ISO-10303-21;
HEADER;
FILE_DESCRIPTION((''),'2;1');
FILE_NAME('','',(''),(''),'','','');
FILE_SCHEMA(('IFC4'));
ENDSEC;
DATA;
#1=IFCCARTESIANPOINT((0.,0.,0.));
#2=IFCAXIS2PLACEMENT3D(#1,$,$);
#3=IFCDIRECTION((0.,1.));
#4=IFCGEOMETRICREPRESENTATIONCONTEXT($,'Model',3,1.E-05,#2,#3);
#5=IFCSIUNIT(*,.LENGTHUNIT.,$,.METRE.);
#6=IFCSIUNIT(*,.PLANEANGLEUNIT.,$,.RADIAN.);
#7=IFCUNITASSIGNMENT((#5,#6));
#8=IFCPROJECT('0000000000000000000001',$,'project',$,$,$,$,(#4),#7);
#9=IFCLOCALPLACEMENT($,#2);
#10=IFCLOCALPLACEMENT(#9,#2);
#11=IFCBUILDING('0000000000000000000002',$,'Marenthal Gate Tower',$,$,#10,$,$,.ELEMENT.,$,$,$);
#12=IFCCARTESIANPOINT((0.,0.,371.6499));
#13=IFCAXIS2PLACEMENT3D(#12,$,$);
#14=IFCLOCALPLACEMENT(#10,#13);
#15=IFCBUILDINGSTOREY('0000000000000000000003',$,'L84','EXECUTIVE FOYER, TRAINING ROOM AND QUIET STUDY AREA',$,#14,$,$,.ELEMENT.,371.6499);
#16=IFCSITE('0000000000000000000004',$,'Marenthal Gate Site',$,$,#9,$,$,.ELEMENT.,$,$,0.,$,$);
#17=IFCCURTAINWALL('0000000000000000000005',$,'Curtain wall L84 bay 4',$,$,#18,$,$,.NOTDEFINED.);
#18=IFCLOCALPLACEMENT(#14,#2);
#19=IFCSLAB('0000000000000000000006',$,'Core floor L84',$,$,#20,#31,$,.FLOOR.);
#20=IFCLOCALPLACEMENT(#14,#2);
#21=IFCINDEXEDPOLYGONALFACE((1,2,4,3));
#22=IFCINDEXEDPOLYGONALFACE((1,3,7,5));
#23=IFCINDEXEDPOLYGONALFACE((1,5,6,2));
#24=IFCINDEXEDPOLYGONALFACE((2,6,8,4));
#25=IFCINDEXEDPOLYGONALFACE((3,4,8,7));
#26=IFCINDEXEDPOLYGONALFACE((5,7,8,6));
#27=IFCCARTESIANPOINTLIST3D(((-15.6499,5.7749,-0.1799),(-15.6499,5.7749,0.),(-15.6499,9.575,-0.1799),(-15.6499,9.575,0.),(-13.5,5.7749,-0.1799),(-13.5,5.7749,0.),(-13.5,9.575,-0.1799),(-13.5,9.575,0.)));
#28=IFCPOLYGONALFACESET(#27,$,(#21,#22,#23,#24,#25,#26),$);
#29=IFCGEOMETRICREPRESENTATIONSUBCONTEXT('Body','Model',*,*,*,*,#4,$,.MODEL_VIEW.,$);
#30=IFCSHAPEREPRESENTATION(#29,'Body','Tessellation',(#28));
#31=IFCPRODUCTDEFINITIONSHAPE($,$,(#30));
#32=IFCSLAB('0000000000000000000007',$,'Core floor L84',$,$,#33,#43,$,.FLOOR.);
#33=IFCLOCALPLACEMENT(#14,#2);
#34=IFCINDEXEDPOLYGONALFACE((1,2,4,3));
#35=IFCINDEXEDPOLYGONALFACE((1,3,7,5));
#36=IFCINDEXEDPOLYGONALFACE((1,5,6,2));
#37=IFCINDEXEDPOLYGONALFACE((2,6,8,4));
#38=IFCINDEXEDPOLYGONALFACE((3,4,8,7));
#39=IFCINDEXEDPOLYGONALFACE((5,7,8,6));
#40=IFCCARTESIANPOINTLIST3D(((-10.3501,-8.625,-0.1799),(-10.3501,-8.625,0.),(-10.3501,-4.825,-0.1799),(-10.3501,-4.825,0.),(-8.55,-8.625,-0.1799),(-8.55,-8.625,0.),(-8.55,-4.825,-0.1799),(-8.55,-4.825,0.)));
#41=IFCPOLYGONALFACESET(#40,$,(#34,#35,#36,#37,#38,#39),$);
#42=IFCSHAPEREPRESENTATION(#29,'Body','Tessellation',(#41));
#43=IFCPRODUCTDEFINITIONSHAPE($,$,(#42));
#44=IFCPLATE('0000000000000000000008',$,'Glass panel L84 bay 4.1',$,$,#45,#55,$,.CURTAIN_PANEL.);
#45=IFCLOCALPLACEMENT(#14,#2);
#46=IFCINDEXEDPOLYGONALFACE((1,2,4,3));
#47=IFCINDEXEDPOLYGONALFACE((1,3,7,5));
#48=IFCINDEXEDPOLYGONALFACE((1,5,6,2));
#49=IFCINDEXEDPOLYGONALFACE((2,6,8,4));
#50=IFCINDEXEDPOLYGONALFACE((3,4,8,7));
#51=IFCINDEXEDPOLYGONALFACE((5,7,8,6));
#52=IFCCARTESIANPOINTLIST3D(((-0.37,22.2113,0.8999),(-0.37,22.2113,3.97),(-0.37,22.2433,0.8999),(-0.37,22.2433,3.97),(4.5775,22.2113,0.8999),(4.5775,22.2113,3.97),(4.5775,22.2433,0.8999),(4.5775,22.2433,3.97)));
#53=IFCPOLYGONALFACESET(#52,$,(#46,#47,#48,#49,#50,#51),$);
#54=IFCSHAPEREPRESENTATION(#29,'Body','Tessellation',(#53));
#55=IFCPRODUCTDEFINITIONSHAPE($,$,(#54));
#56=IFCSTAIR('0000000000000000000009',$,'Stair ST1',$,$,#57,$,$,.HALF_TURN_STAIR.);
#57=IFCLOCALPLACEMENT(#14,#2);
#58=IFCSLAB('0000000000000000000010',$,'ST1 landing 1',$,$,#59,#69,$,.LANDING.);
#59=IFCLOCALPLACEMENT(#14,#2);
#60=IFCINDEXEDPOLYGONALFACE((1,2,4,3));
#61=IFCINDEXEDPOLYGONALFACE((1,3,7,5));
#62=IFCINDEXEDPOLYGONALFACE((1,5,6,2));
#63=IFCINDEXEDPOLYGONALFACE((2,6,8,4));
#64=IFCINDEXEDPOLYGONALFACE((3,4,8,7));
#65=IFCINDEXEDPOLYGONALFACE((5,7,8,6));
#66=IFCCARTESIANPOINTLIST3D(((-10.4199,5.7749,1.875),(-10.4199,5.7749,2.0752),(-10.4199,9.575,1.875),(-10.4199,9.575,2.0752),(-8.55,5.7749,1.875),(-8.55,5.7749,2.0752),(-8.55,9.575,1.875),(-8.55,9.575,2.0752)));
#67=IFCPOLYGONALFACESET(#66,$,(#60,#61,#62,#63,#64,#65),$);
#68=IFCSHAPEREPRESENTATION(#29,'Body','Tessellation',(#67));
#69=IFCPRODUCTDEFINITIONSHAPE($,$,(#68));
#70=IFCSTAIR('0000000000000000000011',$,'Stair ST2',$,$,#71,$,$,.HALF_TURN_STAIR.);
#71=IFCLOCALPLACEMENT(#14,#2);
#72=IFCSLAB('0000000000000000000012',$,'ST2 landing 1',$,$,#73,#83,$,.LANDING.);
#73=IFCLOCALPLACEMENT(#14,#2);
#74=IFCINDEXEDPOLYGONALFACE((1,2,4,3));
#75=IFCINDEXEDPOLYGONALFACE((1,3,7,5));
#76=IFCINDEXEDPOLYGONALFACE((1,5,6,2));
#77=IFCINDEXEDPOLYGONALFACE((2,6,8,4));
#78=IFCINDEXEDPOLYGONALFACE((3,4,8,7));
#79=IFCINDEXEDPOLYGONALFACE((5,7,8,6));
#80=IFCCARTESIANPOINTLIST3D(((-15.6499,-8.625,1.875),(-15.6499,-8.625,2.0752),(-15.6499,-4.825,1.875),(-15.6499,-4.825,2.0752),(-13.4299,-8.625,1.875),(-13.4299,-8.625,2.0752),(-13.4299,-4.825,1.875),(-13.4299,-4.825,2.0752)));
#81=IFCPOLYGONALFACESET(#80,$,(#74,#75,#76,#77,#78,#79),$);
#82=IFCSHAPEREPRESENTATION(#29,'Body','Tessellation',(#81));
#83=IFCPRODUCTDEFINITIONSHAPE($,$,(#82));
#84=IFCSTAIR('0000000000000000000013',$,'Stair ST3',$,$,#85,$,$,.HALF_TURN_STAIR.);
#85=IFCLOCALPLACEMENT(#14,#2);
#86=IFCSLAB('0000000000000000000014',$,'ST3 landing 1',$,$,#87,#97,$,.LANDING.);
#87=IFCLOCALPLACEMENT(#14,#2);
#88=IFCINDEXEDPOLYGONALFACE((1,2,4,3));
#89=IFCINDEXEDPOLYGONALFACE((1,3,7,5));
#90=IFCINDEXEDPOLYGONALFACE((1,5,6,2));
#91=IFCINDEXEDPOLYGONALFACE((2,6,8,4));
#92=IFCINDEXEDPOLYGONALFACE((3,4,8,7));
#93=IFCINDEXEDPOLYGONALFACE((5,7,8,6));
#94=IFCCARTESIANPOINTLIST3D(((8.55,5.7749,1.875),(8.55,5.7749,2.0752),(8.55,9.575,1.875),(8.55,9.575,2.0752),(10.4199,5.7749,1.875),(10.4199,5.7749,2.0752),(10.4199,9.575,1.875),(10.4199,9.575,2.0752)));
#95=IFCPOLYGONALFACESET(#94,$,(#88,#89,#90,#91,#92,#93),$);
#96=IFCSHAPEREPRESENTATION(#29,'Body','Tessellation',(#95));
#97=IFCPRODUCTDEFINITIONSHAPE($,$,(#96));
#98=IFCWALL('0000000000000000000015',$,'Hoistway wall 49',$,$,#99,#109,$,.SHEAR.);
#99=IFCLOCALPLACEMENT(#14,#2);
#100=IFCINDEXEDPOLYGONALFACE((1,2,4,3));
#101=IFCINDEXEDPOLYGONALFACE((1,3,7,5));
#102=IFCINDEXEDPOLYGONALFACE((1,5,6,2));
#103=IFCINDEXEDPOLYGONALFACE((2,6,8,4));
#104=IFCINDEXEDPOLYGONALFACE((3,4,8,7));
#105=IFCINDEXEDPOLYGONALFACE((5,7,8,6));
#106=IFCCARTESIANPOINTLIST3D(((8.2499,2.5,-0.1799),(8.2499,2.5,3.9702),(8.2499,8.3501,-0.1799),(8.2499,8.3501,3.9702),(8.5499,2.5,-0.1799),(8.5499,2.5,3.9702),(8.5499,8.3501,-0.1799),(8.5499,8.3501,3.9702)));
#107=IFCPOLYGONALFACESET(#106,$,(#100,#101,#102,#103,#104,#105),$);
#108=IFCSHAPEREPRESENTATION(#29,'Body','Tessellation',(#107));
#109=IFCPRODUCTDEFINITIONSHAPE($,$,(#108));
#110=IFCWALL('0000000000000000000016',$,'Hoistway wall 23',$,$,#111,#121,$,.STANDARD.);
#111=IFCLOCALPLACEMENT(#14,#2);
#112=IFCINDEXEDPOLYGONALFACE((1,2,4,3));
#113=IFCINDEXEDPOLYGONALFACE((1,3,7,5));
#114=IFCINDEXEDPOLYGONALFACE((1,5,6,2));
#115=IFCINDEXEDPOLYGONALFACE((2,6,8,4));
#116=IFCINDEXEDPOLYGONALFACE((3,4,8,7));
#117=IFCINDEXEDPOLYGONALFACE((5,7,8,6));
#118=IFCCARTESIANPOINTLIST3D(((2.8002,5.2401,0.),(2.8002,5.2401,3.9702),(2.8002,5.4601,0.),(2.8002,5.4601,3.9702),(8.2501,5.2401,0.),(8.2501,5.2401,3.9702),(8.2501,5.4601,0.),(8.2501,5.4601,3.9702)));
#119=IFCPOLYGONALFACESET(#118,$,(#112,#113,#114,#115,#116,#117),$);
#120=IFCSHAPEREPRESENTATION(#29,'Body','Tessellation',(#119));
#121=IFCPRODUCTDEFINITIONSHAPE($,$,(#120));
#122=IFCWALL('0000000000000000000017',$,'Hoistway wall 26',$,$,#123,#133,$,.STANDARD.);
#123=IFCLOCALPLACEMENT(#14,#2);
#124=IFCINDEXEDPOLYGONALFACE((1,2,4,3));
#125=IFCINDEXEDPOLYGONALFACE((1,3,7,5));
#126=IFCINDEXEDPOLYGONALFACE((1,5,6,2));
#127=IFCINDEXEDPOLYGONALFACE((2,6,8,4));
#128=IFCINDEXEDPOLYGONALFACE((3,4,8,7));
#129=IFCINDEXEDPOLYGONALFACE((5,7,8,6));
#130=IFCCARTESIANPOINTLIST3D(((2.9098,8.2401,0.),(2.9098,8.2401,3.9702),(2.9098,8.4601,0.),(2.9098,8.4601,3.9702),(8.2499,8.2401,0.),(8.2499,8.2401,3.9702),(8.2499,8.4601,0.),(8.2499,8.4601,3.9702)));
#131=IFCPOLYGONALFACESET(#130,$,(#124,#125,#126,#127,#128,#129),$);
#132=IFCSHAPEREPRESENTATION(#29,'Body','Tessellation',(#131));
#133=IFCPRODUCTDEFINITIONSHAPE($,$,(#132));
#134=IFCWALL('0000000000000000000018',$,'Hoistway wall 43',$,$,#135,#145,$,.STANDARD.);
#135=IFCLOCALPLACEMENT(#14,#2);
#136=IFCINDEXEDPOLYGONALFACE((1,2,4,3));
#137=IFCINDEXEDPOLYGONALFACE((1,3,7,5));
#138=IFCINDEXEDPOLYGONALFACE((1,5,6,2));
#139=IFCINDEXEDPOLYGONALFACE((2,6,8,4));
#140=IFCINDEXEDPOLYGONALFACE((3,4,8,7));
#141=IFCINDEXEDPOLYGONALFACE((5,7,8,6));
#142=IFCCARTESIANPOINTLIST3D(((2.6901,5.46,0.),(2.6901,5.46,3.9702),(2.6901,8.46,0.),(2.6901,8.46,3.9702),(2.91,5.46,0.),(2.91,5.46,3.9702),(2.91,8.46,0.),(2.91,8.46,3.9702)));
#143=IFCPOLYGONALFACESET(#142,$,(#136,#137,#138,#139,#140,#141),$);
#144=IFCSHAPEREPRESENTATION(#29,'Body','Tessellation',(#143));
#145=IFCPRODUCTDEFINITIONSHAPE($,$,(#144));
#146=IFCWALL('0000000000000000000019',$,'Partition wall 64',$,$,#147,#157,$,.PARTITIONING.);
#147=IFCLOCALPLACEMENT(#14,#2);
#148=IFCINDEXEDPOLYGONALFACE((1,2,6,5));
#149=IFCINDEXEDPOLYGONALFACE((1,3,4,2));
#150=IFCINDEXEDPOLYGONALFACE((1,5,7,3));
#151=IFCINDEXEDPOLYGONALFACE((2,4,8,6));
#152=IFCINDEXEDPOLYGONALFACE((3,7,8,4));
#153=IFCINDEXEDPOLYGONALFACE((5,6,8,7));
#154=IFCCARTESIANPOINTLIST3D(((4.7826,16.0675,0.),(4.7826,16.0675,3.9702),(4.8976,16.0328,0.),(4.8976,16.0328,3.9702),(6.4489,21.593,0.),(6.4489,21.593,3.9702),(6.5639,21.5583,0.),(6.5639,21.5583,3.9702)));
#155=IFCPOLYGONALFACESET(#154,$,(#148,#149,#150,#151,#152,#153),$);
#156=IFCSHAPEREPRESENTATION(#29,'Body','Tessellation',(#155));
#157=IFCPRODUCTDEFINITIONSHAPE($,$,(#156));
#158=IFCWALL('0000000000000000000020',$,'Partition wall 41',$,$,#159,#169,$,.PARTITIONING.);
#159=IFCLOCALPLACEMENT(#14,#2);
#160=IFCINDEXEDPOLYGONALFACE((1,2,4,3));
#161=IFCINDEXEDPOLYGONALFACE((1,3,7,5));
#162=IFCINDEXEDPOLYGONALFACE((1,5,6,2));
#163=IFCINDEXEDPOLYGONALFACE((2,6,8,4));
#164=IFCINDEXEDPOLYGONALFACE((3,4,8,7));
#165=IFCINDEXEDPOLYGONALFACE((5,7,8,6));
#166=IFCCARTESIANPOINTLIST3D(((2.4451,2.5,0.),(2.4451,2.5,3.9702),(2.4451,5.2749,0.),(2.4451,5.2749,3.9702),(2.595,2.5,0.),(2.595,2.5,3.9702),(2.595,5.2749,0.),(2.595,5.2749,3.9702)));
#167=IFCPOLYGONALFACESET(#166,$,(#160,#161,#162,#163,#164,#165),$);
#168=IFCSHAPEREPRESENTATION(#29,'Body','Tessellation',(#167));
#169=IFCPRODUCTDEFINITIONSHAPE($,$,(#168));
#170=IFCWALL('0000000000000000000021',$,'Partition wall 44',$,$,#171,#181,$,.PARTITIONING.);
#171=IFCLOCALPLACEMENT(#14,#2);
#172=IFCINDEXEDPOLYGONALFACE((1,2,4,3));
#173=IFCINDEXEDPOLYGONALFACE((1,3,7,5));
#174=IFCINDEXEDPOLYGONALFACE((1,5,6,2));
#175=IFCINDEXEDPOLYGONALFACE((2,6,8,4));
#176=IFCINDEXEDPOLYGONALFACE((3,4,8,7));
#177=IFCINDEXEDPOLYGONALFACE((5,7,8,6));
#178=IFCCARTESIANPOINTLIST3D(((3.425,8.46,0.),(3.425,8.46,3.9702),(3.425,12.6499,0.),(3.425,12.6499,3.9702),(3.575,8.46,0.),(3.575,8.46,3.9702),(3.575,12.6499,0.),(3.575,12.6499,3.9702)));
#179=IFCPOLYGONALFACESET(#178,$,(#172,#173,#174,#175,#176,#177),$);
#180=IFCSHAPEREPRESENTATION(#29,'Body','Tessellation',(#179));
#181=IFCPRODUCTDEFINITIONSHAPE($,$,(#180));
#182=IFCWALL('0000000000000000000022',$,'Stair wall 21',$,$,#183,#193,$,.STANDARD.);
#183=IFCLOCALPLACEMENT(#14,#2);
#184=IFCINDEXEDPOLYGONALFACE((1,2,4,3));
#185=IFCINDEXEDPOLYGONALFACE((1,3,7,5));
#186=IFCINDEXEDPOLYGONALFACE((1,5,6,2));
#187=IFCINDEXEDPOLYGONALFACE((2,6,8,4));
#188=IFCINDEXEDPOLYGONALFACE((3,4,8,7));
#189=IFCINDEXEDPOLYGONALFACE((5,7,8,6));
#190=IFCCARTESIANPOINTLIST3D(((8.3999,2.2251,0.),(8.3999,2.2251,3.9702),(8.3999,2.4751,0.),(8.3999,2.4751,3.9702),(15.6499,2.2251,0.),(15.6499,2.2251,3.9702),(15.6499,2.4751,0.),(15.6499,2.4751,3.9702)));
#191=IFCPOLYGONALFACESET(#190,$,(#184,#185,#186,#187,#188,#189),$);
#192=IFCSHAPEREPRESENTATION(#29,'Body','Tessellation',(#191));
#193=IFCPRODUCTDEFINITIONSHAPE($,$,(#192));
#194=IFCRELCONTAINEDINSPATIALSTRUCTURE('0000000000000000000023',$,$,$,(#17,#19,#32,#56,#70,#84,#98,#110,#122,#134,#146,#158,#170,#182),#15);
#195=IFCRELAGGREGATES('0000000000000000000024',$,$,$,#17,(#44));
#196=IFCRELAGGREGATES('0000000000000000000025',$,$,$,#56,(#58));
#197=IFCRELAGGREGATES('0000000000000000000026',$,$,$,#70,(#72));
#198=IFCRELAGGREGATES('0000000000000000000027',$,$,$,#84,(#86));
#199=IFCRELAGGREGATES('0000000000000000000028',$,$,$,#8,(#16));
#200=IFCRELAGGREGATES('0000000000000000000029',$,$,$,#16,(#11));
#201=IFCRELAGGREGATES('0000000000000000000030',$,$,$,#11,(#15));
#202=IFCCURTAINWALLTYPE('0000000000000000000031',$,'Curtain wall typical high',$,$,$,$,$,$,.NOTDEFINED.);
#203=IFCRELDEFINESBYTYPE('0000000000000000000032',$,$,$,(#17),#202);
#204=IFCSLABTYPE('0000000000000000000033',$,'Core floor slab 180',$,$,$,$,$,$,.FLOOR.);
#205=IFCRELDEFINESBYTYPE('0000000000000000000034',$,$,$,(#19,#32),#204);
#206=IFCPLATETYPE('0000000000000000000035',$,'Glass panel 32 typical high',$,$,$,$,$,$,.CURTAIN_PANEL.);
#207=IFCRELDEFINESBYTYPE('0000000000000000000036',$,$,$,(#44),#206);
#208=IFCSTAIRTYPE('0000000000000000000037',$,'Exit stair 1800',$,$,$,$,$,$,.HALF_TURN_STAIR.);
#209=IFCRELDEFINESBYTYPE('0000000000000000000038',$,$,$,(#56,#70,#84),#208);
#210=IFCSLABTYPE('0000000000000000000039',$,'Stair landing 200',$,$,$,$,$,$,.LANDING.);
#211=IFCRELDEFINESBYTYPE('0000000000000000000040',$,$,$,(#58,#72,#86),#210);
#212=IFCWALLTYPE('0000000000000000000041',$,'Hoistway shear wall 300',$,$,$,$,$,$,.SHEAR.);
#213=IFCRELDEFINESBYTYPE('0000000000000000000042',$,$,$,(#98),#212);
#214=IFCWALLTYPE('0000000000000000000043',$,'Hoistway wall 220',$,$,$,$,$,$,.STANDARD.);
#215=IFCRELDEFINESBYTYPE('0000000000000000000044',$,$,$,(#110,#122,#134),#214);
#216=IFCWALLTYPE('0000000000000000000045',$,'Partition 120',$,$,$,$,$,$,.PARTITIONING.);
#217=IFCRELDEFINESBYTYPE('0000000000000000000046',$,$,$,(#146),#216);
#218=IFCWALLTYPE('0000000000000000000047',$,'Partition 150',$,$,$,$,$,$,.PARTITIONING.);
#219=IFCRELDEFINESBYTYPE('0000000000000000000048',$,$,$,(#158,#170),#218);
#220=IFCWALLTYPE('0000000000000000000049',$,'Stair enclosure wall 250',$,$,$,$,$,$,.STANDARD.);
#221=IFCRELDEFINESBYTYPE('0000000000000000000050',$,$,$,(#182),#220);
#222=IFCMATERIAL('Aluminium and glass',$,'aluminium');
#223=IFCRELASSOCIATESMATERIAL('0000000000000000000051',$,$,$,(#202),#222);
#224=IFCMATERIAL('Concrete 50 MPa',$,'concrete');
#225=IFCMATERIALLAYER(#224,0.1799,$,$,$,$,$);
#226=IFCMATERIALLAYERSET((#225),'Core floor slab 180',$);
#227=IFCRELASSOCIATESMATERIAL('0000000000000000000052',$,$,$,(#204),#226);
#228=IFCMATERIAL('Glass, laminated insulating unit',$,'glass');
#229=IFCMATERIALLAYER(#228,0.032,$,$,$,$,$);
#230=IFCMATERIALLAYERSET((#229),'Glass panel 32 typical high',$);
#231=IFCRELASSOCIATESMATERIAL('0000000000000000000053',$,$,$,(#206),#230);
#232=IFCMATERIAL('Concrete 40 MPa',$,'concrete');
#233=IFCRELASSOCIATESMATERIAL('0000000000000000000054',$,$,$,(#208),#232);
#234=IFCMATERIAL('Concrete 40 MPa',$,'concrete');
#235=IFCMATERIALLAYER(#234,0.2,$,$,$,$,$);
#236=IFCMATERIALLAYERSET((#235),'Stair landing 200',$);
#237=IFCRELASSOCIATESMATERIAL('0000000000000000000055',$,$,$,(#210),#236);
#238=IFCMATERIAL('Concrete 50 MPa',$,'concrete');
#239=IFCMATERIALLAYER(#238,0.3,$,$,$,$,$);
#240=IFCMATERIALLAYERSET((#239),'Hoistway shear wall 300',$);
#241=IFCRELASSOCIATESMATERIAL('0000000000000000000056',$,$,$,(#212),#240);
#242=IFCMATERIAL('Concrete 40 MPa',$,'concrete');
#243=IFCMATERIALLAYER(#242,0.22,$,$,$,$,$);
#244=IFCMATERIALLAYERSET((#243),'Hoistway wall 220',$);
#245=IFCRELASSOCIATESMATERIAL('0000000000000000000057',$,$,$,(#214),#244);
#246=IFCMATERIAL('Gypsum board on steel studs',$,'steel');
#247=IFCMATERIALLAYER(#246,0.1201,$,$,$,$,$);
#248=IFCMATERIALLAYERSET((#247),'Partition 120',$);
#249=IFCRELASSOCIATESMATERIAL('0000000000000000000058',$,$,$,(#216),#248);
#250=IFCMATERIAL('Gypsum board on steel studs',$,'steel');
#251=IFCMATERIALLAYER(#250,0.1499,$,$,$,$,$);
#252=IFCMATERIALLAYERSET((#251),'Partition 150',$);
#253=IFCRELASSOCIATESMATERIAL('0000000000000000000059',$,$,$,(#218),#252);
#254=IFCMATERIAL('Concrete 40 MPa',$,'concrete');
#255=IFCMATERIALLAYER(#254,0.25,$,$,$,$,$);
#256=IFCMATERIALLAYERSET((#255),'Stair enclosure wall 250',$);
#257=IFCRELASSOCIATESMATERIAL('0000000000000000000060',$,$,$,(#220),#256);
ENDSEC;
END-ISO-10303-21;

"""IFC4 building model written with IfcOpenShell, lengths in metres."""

from ifc_helpers import new_model, si_unit, direction, frame, frame_2d, origin, origin_2d, place, context, subcontext, project, spatial, polyline, rectangle, outline, extrude, material, layer, layer_set, type_object, element, aggregate, save


model = new_model("IFC4")

# Units and contexts
model_context = context("Model", 3, precision=1e-05, world=origin(), true_north=direction((0.0, 1.0)))
body_context = subcontext(model_context, "Body", "Model", "MODEL_VIEW")
ifc_project = project(units=[si_unit("LENGTHUNIT", "METRE"), si_unit("PLANEANGLEUNIT", "RADIAN")], contexts=[model_context])

# Site, building, storey
site_placement = place(None, origin())
site = spatial("IfcSite", under=ifc_project, at=site_placement, Name="Marenthal Gate Site", CompositionType="ELEMENT", RefElevation=0.0)
building_placement = place(site_placement, origin())
building = spatial("IfcBuilding", under=site, at=building_placement, Name="Marenthal Gate Tower", CompositionType="ELEMENT")
storey_placement = place(building_placement, frame((0.0, 0.0, 371.6499)))
storey = spatial("IfcBuildingStorey", under=building, at=storey_placement, Name="L84", Description="EXECUTIVE FOYER, TRAINING ROOM AND QUIET STUDY AREA", CompositionType="ELEMENT", Elevation=371.6499)

# Curtain wall
ifc_material_1 = material(Name="Aluminium and glass", Category="aluminium")
curtain_wall_type = type_object("IfcCurtainWallType", Name="Curtain wall typical high", PredefinedType="NOTDEFINED", material=ifc_material_1)
curtain_wall_placement = place(storey_placement, origin())
curtain_wall = element("IfcCurtainWall", 1, at=curtain_wall_placement, inside=storey, type_object=curtain_wall_type, Name="Curtain wall L84 bay 4", PredefinedType="NOTDEFINED")

# Slabs
ifc_material_2 = material(Name="Concrete 50 MPa", Category="concrete")
ifc_layer_1 = layer(ifc_material_2, 0.1799)
ifc_layer_set_1 = layer_set([ifc_layer_1], Name="Core floor slab 180")
slab_type_1 = type_object("IfcSlabType", Name="Core floor slab 180", PredefinedType="FLOOR", material=ifc_layer_set_1)
slab_1_placement = place(storey_placement, frame((0.0, 0.0, -0.1799)))
element("IfcSlab", 2, at=slab_1_placement, inside=storey, type_object=slab_type_1, Name="Core floor L84", PredefinedType="FLOOR", context=body_context, shape_type="SweptSolid", body=[
    extrude(outline(polyline([(-15.6499, 9.575), (-13.5, 9.575), (-13.5, 5.7749), (-15.6499, 5.7749), (-15.6499, 9.575)])), origin(), (0.0, 0.0, 1.0), 0.1799),
])
slab_2_placement = place(storey_placement, frame((0.0, 0.0, -0.1799)))
element("IfcSlab", 3, at=slab_2_placement, inside=storey, type_object=slab_type_1, Name="Core floor L84", PredefinedType="FLOOR", context=body_context, shape_type="SweptSolid", body=[
    extrude(outline(polyline([(-8.55, -4.825), (-8.55, -8.625), (-10.3501, -8.625), (-10.3501, -4.825), (-8.55, -4.825)])), origin(), (0.0, 0.0, 1.0), 0.1799),
])

# Plate
ifc_material_3 = material(Name="Glass, laminated insulating unit", Category="glass")
ifc_layer_2 = layer(ifc_material_3, 0.032)
ifc_layer_set_2 = layer_set([ifc_layer_2], Name="Glass panel 32 typical high")
plate_type = type_object("IfcPlateType", Name="Glass panel 32 typical high", PredefinedType="CURTAIN_PANEL", material=ifc_layer_set_2)
plate_placement = place(storey_placement, frame((2.1038, 22.2273, 0.8999), z_axis=(0.0, 0.0, 1.0), x_axis=(-1.0, 0.0, 0.0)))
plate = element("IfcPlate", 4, at=plate_placement, type_object=plate_type, Name="Glass panel L84 bay 4.1", PredefinedType="CURTAIN_PANEL", context=body_context, shape_type="SweptSolid", body=[
    extrude(rectangle(XDim=4.9475, YDim=0.032, at=origin_2d()), origin(), (0.0, 0.0, 1.0), 3.0701),
])
aggregate(curtain_wall, [plate])

# Stairs, slabs
ifc_material_4 = material(Name="Concrete 40 MPa", Category="concrete")
stair_type = type_object("IfcStairType", Name="Exit stair 1800", PredefinedType="HALF_TURN_STAIR", material=ifc_material_4)
stair_1_placement = place(storey_placement, origin())
stair_1 = element("IfcStair", 5, at=stair_1_placement, inside=storey, type_object=stair_type, Name="Stair ST1", PredefinedType="HALF_TURN_STAIR")
ifc_material_5 = material(Name="Concrete 40 MPa", Category="concrete")
ifc_layer_3 = layer(ifc_material_5, 0.2)
ifc_layer_set_3 = layer_set([ifc_layer_3], Name="Stair landing 200")
slab_type_2 = type_object("IfcSlabType", Name="Stair landing 200", PredefinedType="LANDING", material=ifc_layer_set_3)
slab_3_placement = place(storey_placement, frame((0.0, 0.0, 1.875)))
slab_3 = element("IfcSlab", 6, at=slab_3_placement, type_object=slab_type_2, Name="ST1 landing 1", PredefinedType="LANDING", context=body_context, shape_type="SweptSolid", body=[
    extrude(outline(polyline([(-10.4199, 5.7749), (-8.55, 5.7749), (-8.55, 9.575), (-10.4199, 9.575), (-10.4199, 5.7749)])), origin(), (0.0, 0.0, 1.0), 0.2002),
])
aggregate(stair_1, [slab_3])
stair_2_placement = place(storey_placement, origin())
stair_2 = element("IfcStair", 7, at=stair_2_placement, inside=storey, type_object=stair_type, Name="Stair ST2", PredefinedType="HALF_TURN_STAIR")
slab_4_placement = place(storey_placement, frame((0.0, 0.0, 1.875)))
slab_4 = element("IfcSlab", 8, at=slab_4_placement, type_object=slab_type_2, Name="ST2 landing 1", PredefinedType="LANDING", context=body_context, shape_type="SweptSolid", body=[
    extrude(outline(polyline([(-15.6499, -8.625), (-13.4299, -8.625), (-13.4299, -4.825), (-15.6499, -4.825), (-15.6499, -8.625)])), origin(), (0.0, 0.0, 1.0), 0.2002),
])
aggregate(stair_2, [slab_4])
stair_3_placement = place(storey_placement, origin())
stair_3 = element("IfcStair", 9, at=stair_3_placement, inside=storey, type_object=stair_type, Name="Stair ST3", PredefinedType="HALF_TURN_STAIR")
slab_5_placement = place(storey_placement, frame((0.0, 0.0, 1.875)))
slab_5 = element("IfcSlab", 10, at=slab_5_placement, type_object=slab_type_2, Name="ST3 landing 1", PredefinedType="LANDING", context=body_context, shape_type="SweptSolid", body=[
    extrude(outline(polyline([(8.55, 5.7749), (10.4199, 5.7749), (10.4199, 9.575), (8.55, 9.575), (8.55, 5.7749)])), origin(), (0.0, 0.0, 1.0), 0.2002),
])

# Walls
ifc_material_6 = material(Name="Concrete 50 MPa", Category="concrete")
ifc_layer_4 = layer(ifc_material_6, 0.3)
ifc_layer_set_4 = layer_set([ifc_layer_4], Name="Hoistway shear wall 300")
wall_type_1 = type_object("IfcWallType", Name="Hoistway shear wall 300", PredefinedType="SHEAR", material=ifc_layer_set_4)
wall_1_placement = place(storey_placement, frame((8.3999, 2.5, -0.1799), z_axis=(0.0, 0.0, 1.0), x_axis=(0.0, 1.0, 0.0)))
element("IfcWall", 11, at=wall_1_placement, inside=storey, type_object=wall_type_1, Name="Hoistway wall 49", PredefinedType="SHEAR", context=body_context, shape_type="SweptSolid", body=[
    extrude(rectangle(XDim=5.8501, YDim=0.3, at=frame_2d((2.925, 0.0))), origin(), (0.0, 0.0, 1.0), 4.1501),
])
ifc_material_7 = material(Name="Concrete 40 MPa", Category="concrete")
ifc_layer_5 = layer(ifc_material_7, 0.22)
ifc_layer_set_5 = layer_set([ifc_layer_5], Name="Hoistway wall 220")
wall_type_2 = type_object("IfcWallType", Name="Hoistway wall 220", PredefinedType="STANDARD", material=ifc_layer_set_5)
wall_2_placement = place(storey_placement, frame((2.8, 5.3501, 0.0), z_axis=(0.0, 0.0, 1.0), x_axis=(1.0, 0.0, 0.0)))
element("IfcWall", 12, at=wall_2_placement, inside=storey, type_object=wall_type_2, Name="Hoistway wall 23", PredefinedType="STANDARD", context=body_context, shape_type="SweptSolid", body=[
    extrude(rectangle(XDim=5.45, YDim=0.22, at=frame_2d((2.7251, 0.0))), origin(), (0.0, 0.0, 1.0), 3.9702),
])
wall_3_placement = place(storey_placement, frame((2.9099, 8.3501, 0.0), z_axis=(0.0, 0.0, 1.0), x_axis=(1.0, 0.0, 0.0)))
element("IfcWall", 13, at=wall_3_placement, inside=storey, type_object=wall_type_2, Name="Hoistway wall 26", PredefinedType="STANDARD", context=body_context, shape_type="SweptSolid", body=[
    extrude(rectangle(XDim=5.3401, YDim=0.22, at=frame_2d((2.6699, 0.0))), origin(), (0.0, 0.0, 1.0), 3.9702),
])
wall_4_placement = place(storey_placement, frame((2.8, 5.46, 0.0), z_axis=(0.0, 0.0, 1.0), x_axis=(0.0, 1.0, 0.0)))
element("IfcWall", 14, at=wall_4_placement, inside=storey, type_object=wall_type_2, Name="Hoistway wall 43", PredefinedType="STANDARD", context=body_context, shape_type="SweptSolid", body=[
    extrude(rectangle(XDim=3.0, YDim=0.22, at=frame_2d((1.5, 0.0))), origin(), (0.0, 0.0, 1.0), 3.9702),
])
ifc_material_8 = material(Name="Gypsum board on steel studs", Category="steel")
ifc_layer_6 = layer(ifc_material_8, 0.1201)
ifc_layer_set_6 = layer_set([ifc_layer_6], Name="Partition 120")
wall_type_3 = type_object("IfcWallType", Name="Partition 120", PredefinedType="PARTITIONING", material=ifc_layer_set_6)
wall_5_placement = place(storey_placement, frame((4.8401, 16.05, 0.0), z_axis=(0.0, 0.0, 1.0), x_axis=(0.288721, 0.957413, 0.0)))
element("IfcWall", 15, at=wall_5_placement, inside=storey, type_object=wall_type_3, Name="Partition wall 64", PredefinedType="PARTITIONING", context=body_context, shape_type="SweptSolid", body=[
    extrude(rectangle(XDim=5.7712, YDim=0.1201, at=frame_2d((2.8857, 0.0))), origin(), (0.0, 0.0, 1.0), 3.9702),
])
ifc_material_9 = material(Name="Gypsum board on steel studs", Category="steel")
ifc_layer_7 = layer(ifc_material_9, 0.1499)
ifc_layer_set_7 = layer_set([ifc_layer_7], Name="Partition 150")
wall_type_4 = type_object("IfcWallType", Name="Partition 150", PredefinedType="PARTITIONING", material=ifc_layer_set_7)
wall_6_placement = place(storey_placement, frame((2.52, 2.5, 0.0), z_axis=(0.0, 0.0, 1.0), x_axis=(0.0, 1.0, 0.0)))
element("IfcWall", 16, at=wall_6_placement, inside=storey, type_object=wall_type_4, Name="Partition wall 41", PredefinedType="PARTITIONING", context=body_context, shape_type="SweptSolid", body=[
    extrude(rectangle(XDim=2.7749, YDim=0.1499, at=frame_2d((1.3875, 0.0))), origin(), (0.0, 0.0, 1.0), 3.9702),
])
wall_7_placement = place(storey_placement, frame((3.5, 8.46, 0.0), z_axis=(0.0, 0.0, 1.0), x_axis=(0.0, 1.0, 0.0)))
element("IfcWall", 17, at=wall_7_placement, inside=storey, type_object=wall_type_4, Name="Partition wall 44", PredefinedType="PARTITIONING", context=body_context, shape_type="SweptSolid", body=[
    extrude(rectangle(XDim=4.1899, YDim=0.1499, at=frame_2d((2.095, 0.0))), origin(), (0.0, 0.0, 1.0), 3.9702),
])
ifc_material_10 = material(Name="Concrete 40 MPa", Category="concrete")
ifc_layer_8 = layer(ifc_material_10, 0.25)
ifc_layer_set_8 = layer_set([ifc_layer_8], Name="Stair enclosure wall 250")
wall_type_5 = type_object("IfcWallType", Name="Stair enclosure wall 250", PredefinedType="STANDARD", material=ifc_layer_set_8)
wall_8_placement = place(storey_placement, frame((8.3999, 2.3501, 0.0), z_axis=(0.0, 0.0, 1.0), x_axis=(1.0, 0.0, 0.0)))
element("IfcWall", 18, at=wall_8_placement, inside=storey, type_object=wall_type_5, Name="Stair wall 21", PredefinedType="STANDARD", context=body_context, shape_type="SweptSolid", body=[
    extrude(rectangle(XDim=7.25, YDim=0.25, at=frame_2d((3.625, 0.0))), origin(), (0.0, 0.0, 1.0), 3.9702),
])

aggregate(stair_3, [slab_5])

save(model, "model.ifc")
